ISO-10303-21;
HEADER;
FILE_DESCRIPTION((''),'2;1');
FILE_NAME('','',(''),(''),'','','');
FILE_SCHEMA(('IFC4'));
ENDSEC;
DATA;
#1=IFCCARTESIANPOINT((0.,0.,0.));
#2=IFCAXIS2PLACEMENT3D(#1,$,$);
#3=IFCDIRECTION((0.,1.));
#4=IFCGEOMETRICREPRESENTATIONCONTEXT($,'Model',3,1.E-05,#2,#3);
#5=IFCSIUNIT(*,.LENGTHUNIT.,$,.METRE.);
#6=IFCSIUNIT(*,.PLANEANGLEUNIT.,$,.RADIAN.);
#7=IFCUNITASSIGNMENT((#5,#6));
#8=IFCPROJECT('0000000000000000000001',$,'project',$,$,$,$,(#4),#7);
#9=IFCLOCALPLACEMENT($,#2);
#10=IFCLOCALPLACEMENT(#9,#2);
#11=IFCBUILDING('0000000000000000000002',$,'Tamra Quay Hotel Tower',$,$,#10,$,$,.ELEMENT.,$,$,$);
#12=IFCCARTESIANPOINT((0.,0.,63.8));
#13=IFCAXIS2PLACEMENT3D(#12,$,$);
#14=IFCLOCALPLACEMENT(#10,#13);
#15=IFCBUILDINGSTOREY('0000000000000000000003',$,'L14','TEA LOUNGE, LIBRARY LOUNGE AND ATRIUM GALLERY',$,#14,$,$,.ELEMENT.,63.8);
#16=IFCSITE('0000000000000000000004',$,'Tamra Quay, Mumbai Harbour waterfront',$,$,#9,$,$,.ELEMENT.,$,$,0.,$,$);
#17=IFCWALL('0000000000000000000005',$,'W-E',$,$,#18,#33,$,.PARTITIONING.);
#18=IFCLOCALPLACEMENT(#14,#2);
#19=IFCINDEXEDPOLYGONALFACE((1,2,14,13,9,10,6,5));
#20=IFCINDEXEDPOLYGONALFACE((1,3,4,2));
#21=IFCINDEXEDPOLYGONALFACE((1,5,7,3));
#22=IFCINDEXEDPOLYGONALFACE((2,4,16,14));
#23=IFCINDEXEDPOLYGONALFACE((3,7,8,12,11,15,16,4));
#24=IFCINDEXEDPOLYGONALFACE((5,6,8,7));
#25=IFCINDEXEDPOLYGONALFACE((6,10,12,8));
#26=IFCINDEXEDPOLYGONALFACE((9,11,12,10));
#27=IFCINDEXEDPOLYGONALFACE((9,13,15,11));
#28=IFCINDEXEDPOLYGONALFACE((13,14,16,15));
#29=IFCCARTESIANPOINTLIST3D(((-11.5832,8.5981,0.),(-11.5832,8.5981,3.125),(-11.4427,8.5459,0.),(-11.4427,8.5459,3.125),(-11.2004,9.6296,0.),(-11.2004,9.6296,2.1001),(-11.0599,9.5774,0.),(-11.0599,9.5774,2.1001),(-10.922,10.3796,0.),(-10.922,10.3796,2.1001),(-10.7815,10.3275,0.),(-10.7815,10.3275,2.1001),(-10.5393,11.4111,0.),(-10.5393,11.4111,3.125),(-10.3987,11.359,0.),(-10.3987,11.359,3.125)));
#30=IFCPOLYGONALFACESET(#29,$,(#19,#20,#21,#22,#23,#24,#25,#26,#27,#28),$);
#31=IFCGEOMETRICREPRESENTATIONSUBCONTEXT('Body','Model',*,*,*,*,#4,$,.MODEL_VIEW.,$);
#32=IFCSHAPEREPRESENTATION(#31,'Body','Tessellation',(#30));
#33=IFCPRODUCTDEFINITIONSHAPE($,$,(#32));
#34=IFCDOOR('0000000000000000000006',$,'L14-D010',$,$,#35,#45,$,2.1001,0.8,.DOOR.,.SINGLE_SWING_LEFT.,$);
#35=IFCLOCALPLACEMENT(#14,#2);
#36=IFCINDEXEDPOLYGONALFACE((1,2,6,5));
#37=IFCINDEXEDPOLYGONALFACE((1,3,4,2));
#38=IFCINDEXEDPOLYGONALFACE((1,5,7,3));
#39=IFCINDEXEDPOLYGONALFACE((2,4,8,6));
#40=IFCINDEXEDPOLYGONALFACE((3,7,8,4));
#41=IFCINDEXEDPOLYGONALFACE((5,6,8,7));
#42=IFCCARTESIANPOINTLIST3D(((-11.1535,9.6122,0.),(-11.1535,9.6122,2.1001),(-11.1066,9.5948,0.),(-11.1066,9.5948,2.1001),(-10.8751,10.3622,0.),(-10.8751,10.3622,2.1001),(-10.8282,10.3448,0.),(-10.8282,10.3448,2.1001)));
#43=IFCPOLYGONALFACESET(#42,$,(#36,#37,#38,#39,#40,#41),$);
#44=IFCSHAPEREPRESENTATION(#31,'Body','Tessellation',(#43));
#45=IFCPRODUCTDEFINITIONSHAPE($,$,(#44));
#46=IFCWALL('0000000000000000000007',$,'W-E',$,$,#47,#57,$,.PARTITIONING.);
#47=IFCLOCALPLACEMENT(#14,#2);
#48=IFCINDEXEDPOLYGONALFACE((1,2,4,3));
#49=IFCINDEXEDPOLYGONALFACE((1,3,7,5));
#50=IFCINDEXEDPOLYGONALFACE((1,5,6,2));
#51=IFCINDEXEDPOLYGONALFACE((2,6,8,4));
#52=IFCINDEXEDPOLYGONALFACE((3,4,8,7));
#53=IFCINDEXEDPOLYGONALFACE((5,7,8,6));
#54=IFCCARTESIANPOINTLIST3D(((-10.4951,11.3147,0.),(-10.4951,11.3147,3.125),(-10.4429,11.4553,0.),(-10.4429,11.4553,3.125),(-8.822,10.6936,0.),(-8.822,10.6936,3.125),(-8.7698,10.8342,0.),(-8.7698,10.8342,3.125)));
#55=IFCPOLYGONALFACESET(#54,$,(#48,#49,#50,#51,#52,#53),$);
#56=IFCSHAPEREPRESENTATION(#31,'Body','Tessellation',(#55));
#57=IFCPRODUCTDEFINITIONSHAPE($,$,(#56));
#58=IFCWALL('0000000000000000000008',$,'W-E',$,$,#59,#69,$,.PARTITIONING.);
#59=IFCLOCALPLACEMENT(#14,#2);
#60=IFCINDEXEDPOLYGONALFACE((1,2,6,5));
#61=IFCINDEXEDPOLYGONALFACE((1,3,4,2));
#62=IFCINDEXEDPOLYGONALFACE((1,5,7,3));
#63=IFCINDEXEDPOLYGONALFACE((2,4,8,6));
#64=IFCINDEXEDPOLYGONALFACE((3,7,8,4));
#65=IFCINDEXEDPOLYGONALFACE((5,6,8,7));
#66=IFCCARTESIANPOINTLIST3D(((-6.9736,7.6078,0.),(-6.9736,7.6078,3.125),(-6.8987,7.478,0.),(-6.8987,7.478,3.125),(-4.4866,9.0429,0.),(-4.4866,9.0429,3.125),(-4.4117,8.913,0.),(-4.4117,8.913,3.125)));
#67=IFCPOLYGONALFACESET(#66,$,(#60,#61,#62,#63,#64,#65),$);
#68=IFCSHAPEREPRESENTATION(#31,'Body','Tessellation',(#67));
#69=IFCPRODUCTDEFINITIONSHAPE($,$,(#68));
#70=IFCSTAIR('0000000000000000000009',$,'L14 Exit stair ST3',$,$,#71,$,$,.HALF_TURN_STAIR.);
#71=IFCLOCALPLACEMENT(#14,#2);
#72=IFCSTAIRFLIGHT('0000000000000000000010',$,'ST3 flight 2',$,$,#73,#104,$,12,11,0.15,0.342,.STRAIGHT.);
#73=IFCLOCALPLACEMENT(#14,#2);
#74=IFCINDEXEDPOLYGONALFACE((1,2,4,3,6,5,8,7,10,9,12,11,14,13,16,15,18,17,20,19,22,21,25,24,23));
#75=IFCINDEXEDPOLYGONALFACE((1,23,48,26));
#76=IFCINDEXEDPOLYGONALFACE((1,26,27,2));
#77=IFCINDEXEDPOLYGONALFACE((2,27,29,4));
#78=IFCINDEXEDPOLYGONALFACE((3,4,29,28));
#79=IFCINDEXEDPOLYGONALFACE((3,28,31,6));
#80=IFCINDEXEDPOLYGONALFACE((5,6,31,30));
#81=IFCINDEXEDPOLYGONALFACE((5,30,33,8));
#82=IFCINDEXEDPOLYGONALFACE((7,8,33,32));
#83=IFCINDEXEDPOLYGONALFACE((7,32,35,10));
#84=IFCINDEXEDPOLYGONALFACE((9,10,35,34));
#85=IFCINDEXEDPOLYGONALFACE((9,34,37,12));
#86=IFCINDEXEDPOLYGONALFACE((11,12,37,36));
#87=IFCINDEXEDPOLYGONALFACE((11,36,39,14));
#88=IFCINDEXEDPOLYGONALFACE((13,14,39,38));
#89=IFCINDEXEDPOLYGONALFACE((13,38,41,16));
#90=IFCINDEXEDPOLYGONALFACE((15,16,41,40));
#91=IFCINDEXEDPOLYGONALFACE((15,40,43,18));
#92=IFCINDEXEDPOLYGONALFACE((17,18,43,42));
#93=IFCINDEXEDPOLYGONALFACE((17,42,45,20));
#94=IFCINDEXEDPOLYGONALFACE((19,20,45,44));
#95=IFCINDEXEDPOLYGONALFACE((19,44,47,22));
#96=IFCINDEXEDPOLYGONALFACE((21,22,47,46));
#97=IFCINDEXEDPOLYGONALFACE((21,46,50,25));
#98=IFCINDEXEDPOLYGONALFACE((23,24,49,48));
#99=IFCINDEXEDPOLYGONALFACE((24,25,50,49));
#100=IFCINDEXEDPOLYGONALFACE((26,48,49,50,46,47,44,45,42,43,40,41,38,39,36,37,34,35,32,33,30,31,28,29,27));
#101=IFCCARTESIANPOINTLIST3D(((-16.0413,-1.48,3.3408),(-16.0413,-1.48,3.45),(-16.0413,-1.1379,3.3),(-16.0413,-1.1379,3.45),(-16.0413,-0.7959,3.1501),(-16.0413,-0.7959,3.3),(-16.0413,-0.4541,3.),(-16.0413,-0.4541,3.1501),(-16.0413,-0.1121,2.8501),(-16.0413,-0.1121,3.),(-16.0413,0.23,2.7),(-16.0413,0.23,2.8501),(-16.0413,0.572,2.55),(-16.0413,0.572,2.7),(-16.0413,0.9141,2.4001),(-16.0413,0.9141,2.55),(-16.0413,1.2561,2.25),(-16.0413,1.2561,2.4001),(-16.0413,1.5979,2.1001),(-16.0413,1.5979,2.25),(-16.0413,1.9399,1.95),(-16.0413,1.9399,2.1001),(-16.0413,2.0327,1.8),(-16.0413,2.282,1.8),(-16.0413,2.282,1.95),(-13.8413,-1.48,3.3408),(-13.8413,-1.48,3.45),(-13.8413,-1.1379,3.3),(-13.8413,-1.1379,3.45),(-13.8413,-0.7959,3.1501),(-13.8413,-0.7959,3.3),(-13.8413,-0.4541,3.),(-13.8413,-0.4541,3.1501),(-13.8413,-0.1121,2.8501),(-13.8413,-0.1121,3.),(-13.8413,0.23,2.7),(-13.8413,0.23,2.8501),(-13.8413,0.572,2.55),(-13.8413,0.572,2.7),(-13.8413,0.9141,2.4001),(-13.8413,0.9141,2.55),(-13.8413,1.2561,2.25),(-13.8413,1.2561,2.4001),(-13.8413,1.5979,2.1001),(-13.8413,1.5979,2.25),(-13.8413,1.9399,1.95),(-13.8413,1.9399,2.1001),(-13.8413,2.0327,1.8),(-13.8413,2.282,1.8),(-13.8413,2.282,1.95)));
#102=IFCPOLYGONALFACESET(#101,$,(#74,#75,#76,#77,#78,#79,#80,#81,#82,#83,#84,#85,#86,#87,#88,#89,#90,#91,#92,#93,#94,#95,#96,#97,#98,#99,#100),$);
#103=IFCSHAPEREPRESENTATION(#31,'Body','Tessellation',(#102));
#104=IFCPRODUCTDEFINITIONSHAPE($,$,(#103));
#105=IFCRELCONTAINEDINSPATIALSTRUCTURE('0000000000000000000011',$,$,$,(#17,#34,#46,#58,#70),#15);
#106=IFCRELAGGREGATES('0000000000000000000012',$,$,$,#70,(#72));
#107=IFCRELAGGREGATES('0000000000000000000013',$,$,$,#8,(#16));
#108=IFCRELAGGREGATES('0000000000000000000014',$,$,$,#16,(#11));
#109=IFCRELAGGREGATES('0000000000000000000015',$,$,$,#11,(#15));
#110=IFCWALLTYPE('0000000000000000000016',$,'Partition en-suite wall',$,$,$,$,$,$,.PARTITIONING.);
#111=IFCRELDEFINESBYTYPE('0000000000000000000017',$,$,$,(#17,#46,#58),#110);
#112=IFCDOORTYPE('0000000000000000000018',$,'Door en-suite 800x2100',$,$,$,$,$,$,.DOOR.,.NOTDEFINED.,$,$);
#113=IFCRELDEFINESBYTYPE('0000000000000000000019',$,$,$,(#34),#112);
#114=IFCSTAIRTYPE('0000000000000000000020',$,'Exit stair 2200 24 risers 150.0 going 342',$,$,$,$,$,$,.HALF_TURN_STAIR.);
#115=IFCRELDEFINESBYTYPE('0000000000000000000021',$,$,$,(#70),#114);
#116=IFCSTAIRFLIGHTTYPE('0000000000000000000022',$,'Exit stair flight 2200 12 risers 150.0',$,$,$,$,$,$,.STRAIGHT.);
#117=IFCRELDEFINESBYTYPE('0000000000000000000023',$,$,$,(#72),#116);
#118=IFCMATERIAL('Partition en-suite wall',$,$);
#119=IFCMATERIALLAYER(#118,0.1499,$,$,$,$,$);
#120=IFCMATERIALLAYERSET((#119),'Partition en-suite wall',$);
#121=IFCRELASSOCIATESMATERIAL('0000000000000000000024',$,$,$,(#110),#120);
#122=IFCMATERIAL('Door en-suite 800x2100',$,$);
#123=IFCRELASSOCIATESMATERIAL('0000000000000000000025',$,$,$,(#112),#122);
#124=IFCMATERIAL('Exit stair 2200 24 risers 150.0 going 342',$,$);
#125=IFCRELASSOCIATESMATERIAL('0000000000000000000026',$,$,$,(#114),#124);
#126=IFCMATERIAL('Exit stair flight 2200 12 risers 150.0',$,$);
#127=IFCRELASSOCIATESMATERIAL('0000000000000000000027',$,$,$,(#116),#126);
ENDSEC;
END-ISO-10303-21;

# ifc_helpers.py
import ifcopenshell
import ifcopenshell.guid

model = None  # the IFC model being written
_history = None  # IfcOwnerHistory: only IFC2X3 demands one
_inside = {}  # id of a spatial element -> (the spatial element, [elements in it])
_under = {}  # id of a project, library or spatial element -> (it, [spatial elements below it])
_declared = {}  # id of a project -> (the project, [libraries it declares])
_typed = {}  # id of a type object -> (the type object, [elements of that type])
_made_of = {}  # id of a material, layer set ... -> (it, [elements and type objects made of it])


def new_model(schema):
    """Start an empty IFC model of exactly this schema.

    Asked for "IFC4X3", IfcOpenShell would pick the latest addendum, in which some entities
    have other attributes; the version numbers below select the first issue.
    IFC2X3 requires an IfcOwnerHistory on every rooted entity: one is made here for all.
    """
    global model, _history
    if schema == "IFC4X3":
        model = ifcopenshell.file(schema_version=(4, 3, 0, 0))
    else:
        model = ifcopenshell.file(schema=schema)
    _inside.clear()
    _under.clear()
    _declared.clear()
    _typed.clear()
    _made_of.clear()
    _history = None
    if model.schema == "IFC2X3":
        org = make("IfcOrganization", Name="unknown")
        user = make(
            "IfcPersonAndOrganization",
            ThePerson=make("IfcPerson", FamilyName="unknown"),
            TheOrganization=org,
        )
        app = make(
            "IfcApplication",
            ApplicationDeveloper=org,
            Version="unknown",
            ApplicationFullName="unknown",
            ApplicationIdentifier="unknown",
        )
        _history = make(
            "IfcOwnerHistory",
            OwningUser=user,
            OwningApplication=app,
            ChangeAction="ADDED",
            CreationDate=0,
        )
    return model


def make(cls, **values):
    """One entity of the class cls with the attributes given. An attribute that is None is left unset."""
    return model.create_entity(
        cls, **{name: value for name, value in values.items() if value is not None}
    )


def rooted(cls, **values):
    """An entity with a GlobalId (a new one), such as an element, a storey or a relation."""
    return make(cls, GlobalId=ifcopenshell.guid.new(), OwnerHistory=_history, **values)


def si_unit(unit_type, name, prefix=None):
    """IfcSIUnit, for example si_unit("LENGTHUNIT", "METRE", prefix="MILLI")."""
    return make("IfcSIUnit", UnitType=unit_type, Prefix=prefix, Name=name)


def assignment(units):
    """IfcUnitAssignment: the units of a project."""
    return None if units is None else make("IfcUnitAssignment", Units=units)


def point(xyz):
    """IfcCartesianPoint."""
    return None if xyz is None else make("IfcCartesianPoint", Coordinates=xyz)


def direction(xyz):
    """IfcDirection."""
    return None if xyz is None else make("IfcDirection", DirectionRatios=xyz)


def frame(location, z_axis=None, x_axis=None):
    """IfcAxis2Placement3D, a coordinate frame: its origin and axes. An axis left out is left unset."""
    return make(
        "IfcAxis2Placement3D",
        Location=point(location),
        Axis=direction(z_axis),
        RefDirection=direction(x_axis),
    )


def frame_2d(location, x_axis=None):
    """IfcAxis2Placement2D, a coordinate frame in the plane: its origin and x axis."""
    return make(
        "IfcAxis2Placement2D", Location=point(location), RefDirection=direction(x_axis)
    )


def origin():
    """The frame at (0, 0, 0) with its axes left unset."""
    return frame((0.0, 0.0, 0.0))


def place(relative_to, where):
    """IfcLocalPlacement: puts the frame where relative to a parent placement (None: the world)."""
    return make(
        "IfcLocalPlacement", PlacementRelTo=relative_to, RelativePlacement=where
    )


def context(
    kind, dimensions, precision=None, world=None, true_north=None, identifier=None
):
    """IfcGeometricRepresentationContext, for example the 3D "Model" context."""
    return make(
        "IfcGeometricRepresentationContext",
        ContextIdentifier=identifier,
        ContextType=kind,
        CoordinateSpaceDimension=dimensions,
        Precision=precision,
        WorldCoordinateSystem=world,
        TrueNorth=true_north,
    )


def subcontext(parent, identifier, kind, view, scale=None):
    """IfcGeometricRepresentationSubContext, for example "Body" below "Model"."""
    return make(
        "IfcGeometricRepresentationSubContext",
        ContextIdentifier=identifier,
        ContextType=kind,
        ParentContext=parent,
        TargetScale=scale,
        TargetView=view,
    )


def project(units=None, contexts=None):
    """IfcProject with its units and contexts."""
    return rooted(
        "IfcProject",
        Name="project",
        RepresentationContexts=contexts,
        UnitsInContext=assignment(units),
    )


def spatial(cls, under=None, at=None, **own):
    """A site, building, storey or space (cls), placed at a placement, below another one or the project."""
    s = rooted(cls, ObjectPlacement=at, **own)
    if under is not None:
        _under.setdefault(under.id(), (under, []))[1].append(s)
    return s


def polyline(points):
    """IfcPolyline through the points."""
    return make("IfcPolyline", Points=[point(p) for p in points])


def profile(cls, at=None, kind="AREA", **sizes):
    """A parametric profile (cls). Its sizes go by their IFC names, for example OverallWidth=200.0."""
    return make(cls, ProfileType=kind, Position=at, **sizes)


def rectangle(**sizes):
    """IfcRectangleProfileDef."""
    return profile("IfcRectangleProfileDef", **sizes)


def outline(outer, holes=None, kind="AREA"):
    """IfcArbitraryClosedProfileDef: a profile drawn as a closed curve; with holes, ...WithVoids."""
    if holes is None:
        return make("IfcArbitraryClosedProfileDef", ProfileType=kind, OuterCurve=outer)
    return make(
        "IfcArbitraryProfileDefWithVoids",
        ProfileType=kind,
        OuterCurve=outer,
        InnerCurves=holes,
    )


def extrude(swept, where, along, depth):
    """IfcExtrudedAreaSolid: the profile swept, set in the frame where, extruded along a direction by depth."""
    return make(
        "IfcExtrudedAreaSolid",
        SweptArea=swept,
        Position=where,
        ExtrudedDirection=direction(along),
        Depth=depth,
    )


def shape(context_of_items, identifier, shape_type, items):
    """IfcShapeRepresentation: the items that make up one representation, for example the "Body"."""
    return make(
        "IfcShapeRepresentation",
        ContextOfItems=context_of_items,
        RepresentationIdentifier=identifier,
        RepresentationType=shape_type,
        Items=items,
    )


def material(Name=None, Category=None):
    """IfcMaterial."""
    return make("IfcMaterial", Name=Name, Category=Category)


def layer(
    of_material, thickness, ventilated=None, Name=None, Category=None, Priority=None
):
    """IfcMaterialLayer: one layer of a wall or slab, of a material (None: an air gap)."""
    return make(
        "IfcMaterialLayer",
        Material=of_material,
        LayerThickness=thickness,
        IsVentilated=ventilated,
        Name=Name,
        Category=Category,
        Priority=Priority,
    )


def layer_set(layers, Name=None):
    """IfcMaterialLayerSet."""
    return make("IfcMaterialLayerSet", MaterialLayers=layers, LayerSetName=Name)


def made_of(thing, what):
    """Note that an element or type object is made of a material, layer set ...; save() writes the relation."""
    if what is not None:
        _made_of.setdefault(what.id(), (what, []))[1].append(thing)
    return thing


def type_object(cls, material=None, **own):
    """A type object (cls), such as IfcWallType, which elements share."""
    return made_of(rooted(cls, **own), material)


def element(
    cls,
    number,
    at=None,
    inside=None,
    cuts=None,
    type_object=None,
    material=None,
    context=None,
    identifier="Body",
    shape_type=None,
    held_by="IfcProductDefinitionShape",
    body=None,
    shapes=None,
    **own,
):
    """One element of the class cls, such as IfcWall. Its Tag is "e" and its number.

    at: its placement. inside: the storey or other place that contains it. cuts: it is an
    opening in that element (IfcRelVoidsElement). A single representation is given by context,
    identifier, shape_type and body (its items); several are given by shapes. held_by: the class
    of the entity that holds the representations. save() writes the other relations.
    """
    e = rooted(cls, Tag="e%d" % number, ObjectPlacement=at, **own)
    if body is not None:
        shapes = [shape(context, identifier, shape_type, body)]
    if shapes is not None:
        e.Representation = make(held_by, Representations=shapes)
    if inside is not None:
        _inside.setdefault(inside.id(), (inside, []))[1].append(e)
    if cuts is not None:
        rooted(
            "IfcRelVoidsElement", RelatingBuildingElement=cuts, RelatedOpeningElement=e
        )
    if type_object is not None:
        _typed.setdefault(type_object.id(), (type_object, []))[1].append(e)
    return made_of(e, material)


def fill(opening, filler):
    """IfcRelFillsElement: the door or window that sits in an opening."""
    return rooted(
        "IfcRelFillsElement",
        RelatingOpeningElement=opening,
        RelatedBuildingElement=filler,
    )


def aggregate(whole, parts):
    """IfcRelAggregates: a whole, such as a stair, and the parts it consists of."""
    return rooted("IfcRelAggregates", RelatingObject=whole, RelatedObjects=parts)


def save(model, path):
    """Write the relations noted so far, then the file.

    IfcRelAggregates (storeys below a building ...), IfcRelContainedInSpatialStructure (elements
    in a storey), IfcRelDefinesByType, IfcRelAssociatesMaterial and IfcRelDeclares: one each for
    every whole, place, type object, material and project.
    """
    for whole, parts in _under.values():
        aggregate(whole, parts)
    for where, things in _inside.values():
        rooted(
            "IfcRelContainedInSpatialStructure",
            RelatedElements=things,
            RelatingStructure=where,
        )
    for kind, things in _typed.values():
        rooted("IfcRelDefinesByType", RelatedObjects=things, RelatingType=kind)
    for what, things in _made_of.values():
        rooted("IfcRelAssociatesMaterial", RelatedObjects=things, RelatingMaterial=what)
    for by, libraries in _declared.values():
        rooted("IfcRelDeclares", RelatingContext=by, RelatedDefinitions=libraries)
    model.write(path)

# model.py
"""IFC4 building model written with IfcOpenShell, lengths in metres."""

from ifc_helpers import new_model, si_unit, direction, frame, frame_2d, origin, place, context, subcontext, project, spatial, polyline, rectangle, outline, extrude, material, layer, layer_set, type_object, element, fill, aggregate, save


model = new_model("IFC4")

# Units and contexts
model_context = context("Model", 3, precision=1e-05, world=origin(), true_north=direction((0.0, 1.0)))
body_context = subcontext(model_context, "Body", "Model", "MODEL_VIEW")
ifc_project = project(units=[si_unit("LENGTHUNIT", "METRE"), si_unit("PLANEANGLEUNIT", "RADIAN")], contexts=[model_context])

# Site, building, storey
site_placement = place(None, origin())
site = spatial("IfcSite", under=ifc_project, at=site_placement, Name="Tamra Quay, Mumbai Harbour waterfront", CompositionType="ELEMENT", RefElevation=0.0)
building_placement = place(site_placement, origin())
building = spatial("IfcBuilding", under=site, at=building_placement, Name="Tamra Quay Hotel Tower", CompositionType="ELEMENT")
storey_placement = place(building_placement, frame((0.0, 0.0, 63.8)))
storey = spatial("IfcBuildingStorey", under=building, at=storey_placement, Name="L14", Description="TEA LOUNGE, LIBRARY LOUNGE AND ATRIUM GALLERY", CompositionType="ELEMENT", Elevation=63.8)

# Wall, opening, door
ifc_material_1 = material(Name="Partition en-suite wall")
ifc_layer_1 = layer(ifc_material_1, 0.1499)
ifc_layer_set_1 = layer_set([ifc_layer_1], Name="Partition en-suite wall")
wall_type_1 = type_object("IfcWallType", Name="Partition en-suite wall", PredefinedType="PARTITIONING", material=ifc_layer_set_1)
wall_1_placement = place(storey_placement, frame((-11.5129, 8.572, 0.0), z_axis=(0.0, 0.0, 1.0), x_axis=(0.347929, 0.937521, 0.0)))
wall_1 = element("IfcWall", 1, at=wall_1_placement, inside=storey, type_object=wall_type_1, Name="W-E", PredefinedType="PARTITIONING", context=body_context, shape_type="SweptSolid", body=[
    extrude(rectangle(XDim=3.0005, YDim=0.1499, at=frame_2d((1.5002, 0.0))), origin(), (0.0, 0.0, 1.0), 3.125),
])
opening_1_placement = place(wall_1_placement, frame((1.1003, 0.0, 0.0)))
opening_1 = element("IfcOpeningElement", 2, at=opening_1_placement, cuts=wall_1, PredefinedType="OPENING", context=body_context, shape_type="SweptSolid", body=[
    extrude(rectangle(XDim=0.8, YDim=2.1001, at=frame_2d((0.3999, 1.05))), frame((0.0, 0.085, 0.0), z_axis=(0.0, -1.0, 0.0), x_axis=(1.0, 0.0, 0.0)), (0.0, 0.0, 1.0), 0.1699),
])
ifc_material_2 = material(Name="Door en-suite 800x2100")
door_type_1 = type_object("IfcDoorType", Name="Door en-suite 800x2100", OperationType="NOTDEFINED", PredefinedType="DOOR", material=ifc_material_2)
door_1_placement = place(opening_1_placement, origin())
door_1 = element("IfcDoor", 3, at=door_1_placement, inside=storey, type_object=door_type_1, Name="L14-D010", OperationType="SINGLE_SWING_LEFT", OverallHeight=2.1001, OverallWidth=0.8, PredefinedType="DOOR", context=body_context, shape_type="SweptSolid", body=[
    extrude(rectangle(XDim=0.8, YDim=2.1001, at=frame_2d((0.3999, 1.05))), frame((0.0, 0.0249, 0.0), z_axis=(0.0, -1.0, 0.0), x_axis=(1.0, 0.0, 0.0)), (0.0, 0.0, 1.0), 0.05),
])
fill(opening_1, door_1)

# Walls
wall_2_placement = place(storey_placement, frame((-10.469, 11.385, 0.0), z_axis=(0.0, 0.0, 1.0), x_axis=(0.937488, -0.348018, 0.0)))
element("IfcWall", 4, at=wall_2_placement, inside=storey, type_object=wall_type_1, Name="W-E", PredefinedType="PARTITIONING", context=body_context, shape_type="SweptSolid", body=[
    extrude(rectangle(XDim=1.7847, YDim=0.1499, at=frame_2d((0.8923, 0.0))), origin(), (0.0, 0.0, 1.0), 3.125),
])
wall_3_placement = place(storey_placement, frame((-6.936, 7.543, 0.0), z_axis=(0.0, 0.0, 1.0), x_axis=(0.866153, 0.499779, 0.0)))
element("IfcWall", 5, at=wall_3_placement, inside=storey, type_object=wall_type_1, Name="W-E", PredefinedType="PARTITIONING", context=body_context, shape_type="SweptSolid", body=[
    extrude(rectangle(XDim=2.8713, YDim=0.1499, at=frame_2d((1.4355, 0.0))), origin(), (0.0, 0.0, 1.0), 3.125),
])

# Stair, stair flight
ifc_material_3 = material(Name="Exit stair 2200 24 risers 150.0 going 342")
stair_type = type_object("IfcStairType", Name="Exit stair 2200 24 risers 150.0 going 342", PredefinedType="HALF_TURN_STAIR", material=ifc_material_3)
stair_placement = place(storey_placement, origin())
stair = element("IfcStair", 6, at=stair_placement, inside=storey, type_object=stair_type, Name="L14 Exit stair ST3", PredefinedType="HALF_TURN_STAIR")
ifc_material_4 = material(Name="Exit stair flight 2200 12 risers 150.0")
stair_flight_type = type_object("IfcStairFlightType", Name="Exit stair flight 2200 12 risers 150.0", PredefinedType="STRAIGHT", material=ifc_material_4)
stair_flight_placement = place(storey_placement, frame((-14.9414, 2.282, 1.8), z_axis=(0.0, 0.0, 1.0), x_axis=(0.0, -1.0, 0.0)))
stair_flight = element("IfcStairFlight", 7, at=stair_flight_placement, type_object=stair_flight_type, Name="ST3 flight 2", NumberOfRisers=12, NumberOfTreads=11, PredefinedType="STRAIGHT", RiserHeight=0.15, TreadLength=0.342, context=body_context, shape_type="SweptSolid", body=[
    extrude(outline(polyline([(0.0, 0.0), (0.0, 0.1499), (0.342, 0.1499), (0.342, 0.3), (0.6841, 0.3), (0.6841, 0.45), (1.0259, 0.45), (1.0259, 0.6001), (1.3679, 0.6001), (1.3679, 0.75), (1.71, 0.75), (1.71, 0.8999), (2.052, 0.8999), (2.052, 1.05), (2.394, 1.05), (2.394, 1.2), (2.7361, 1.2), (2.7361, 1.3501), (3.0779, 1.3501), (3.0779, 1.5), (3.4199, 1.5), (3.4199, 1.6499), (3.762, 1.6499), (3.762, 1.8), (3.762, 1.5408), (0.2493, 0.0), (0.0, 0.0)])), frame((0.0, 1.1001, 0.0), z_axis=(0.0, -1.0, 0.0), x_axis=(1.0, 0.0, 0.0)), (0.0, 0.0, 1.0), 2.2),
])
aggregate(stair, [stair_flight])

save(model, "model.ifc")
